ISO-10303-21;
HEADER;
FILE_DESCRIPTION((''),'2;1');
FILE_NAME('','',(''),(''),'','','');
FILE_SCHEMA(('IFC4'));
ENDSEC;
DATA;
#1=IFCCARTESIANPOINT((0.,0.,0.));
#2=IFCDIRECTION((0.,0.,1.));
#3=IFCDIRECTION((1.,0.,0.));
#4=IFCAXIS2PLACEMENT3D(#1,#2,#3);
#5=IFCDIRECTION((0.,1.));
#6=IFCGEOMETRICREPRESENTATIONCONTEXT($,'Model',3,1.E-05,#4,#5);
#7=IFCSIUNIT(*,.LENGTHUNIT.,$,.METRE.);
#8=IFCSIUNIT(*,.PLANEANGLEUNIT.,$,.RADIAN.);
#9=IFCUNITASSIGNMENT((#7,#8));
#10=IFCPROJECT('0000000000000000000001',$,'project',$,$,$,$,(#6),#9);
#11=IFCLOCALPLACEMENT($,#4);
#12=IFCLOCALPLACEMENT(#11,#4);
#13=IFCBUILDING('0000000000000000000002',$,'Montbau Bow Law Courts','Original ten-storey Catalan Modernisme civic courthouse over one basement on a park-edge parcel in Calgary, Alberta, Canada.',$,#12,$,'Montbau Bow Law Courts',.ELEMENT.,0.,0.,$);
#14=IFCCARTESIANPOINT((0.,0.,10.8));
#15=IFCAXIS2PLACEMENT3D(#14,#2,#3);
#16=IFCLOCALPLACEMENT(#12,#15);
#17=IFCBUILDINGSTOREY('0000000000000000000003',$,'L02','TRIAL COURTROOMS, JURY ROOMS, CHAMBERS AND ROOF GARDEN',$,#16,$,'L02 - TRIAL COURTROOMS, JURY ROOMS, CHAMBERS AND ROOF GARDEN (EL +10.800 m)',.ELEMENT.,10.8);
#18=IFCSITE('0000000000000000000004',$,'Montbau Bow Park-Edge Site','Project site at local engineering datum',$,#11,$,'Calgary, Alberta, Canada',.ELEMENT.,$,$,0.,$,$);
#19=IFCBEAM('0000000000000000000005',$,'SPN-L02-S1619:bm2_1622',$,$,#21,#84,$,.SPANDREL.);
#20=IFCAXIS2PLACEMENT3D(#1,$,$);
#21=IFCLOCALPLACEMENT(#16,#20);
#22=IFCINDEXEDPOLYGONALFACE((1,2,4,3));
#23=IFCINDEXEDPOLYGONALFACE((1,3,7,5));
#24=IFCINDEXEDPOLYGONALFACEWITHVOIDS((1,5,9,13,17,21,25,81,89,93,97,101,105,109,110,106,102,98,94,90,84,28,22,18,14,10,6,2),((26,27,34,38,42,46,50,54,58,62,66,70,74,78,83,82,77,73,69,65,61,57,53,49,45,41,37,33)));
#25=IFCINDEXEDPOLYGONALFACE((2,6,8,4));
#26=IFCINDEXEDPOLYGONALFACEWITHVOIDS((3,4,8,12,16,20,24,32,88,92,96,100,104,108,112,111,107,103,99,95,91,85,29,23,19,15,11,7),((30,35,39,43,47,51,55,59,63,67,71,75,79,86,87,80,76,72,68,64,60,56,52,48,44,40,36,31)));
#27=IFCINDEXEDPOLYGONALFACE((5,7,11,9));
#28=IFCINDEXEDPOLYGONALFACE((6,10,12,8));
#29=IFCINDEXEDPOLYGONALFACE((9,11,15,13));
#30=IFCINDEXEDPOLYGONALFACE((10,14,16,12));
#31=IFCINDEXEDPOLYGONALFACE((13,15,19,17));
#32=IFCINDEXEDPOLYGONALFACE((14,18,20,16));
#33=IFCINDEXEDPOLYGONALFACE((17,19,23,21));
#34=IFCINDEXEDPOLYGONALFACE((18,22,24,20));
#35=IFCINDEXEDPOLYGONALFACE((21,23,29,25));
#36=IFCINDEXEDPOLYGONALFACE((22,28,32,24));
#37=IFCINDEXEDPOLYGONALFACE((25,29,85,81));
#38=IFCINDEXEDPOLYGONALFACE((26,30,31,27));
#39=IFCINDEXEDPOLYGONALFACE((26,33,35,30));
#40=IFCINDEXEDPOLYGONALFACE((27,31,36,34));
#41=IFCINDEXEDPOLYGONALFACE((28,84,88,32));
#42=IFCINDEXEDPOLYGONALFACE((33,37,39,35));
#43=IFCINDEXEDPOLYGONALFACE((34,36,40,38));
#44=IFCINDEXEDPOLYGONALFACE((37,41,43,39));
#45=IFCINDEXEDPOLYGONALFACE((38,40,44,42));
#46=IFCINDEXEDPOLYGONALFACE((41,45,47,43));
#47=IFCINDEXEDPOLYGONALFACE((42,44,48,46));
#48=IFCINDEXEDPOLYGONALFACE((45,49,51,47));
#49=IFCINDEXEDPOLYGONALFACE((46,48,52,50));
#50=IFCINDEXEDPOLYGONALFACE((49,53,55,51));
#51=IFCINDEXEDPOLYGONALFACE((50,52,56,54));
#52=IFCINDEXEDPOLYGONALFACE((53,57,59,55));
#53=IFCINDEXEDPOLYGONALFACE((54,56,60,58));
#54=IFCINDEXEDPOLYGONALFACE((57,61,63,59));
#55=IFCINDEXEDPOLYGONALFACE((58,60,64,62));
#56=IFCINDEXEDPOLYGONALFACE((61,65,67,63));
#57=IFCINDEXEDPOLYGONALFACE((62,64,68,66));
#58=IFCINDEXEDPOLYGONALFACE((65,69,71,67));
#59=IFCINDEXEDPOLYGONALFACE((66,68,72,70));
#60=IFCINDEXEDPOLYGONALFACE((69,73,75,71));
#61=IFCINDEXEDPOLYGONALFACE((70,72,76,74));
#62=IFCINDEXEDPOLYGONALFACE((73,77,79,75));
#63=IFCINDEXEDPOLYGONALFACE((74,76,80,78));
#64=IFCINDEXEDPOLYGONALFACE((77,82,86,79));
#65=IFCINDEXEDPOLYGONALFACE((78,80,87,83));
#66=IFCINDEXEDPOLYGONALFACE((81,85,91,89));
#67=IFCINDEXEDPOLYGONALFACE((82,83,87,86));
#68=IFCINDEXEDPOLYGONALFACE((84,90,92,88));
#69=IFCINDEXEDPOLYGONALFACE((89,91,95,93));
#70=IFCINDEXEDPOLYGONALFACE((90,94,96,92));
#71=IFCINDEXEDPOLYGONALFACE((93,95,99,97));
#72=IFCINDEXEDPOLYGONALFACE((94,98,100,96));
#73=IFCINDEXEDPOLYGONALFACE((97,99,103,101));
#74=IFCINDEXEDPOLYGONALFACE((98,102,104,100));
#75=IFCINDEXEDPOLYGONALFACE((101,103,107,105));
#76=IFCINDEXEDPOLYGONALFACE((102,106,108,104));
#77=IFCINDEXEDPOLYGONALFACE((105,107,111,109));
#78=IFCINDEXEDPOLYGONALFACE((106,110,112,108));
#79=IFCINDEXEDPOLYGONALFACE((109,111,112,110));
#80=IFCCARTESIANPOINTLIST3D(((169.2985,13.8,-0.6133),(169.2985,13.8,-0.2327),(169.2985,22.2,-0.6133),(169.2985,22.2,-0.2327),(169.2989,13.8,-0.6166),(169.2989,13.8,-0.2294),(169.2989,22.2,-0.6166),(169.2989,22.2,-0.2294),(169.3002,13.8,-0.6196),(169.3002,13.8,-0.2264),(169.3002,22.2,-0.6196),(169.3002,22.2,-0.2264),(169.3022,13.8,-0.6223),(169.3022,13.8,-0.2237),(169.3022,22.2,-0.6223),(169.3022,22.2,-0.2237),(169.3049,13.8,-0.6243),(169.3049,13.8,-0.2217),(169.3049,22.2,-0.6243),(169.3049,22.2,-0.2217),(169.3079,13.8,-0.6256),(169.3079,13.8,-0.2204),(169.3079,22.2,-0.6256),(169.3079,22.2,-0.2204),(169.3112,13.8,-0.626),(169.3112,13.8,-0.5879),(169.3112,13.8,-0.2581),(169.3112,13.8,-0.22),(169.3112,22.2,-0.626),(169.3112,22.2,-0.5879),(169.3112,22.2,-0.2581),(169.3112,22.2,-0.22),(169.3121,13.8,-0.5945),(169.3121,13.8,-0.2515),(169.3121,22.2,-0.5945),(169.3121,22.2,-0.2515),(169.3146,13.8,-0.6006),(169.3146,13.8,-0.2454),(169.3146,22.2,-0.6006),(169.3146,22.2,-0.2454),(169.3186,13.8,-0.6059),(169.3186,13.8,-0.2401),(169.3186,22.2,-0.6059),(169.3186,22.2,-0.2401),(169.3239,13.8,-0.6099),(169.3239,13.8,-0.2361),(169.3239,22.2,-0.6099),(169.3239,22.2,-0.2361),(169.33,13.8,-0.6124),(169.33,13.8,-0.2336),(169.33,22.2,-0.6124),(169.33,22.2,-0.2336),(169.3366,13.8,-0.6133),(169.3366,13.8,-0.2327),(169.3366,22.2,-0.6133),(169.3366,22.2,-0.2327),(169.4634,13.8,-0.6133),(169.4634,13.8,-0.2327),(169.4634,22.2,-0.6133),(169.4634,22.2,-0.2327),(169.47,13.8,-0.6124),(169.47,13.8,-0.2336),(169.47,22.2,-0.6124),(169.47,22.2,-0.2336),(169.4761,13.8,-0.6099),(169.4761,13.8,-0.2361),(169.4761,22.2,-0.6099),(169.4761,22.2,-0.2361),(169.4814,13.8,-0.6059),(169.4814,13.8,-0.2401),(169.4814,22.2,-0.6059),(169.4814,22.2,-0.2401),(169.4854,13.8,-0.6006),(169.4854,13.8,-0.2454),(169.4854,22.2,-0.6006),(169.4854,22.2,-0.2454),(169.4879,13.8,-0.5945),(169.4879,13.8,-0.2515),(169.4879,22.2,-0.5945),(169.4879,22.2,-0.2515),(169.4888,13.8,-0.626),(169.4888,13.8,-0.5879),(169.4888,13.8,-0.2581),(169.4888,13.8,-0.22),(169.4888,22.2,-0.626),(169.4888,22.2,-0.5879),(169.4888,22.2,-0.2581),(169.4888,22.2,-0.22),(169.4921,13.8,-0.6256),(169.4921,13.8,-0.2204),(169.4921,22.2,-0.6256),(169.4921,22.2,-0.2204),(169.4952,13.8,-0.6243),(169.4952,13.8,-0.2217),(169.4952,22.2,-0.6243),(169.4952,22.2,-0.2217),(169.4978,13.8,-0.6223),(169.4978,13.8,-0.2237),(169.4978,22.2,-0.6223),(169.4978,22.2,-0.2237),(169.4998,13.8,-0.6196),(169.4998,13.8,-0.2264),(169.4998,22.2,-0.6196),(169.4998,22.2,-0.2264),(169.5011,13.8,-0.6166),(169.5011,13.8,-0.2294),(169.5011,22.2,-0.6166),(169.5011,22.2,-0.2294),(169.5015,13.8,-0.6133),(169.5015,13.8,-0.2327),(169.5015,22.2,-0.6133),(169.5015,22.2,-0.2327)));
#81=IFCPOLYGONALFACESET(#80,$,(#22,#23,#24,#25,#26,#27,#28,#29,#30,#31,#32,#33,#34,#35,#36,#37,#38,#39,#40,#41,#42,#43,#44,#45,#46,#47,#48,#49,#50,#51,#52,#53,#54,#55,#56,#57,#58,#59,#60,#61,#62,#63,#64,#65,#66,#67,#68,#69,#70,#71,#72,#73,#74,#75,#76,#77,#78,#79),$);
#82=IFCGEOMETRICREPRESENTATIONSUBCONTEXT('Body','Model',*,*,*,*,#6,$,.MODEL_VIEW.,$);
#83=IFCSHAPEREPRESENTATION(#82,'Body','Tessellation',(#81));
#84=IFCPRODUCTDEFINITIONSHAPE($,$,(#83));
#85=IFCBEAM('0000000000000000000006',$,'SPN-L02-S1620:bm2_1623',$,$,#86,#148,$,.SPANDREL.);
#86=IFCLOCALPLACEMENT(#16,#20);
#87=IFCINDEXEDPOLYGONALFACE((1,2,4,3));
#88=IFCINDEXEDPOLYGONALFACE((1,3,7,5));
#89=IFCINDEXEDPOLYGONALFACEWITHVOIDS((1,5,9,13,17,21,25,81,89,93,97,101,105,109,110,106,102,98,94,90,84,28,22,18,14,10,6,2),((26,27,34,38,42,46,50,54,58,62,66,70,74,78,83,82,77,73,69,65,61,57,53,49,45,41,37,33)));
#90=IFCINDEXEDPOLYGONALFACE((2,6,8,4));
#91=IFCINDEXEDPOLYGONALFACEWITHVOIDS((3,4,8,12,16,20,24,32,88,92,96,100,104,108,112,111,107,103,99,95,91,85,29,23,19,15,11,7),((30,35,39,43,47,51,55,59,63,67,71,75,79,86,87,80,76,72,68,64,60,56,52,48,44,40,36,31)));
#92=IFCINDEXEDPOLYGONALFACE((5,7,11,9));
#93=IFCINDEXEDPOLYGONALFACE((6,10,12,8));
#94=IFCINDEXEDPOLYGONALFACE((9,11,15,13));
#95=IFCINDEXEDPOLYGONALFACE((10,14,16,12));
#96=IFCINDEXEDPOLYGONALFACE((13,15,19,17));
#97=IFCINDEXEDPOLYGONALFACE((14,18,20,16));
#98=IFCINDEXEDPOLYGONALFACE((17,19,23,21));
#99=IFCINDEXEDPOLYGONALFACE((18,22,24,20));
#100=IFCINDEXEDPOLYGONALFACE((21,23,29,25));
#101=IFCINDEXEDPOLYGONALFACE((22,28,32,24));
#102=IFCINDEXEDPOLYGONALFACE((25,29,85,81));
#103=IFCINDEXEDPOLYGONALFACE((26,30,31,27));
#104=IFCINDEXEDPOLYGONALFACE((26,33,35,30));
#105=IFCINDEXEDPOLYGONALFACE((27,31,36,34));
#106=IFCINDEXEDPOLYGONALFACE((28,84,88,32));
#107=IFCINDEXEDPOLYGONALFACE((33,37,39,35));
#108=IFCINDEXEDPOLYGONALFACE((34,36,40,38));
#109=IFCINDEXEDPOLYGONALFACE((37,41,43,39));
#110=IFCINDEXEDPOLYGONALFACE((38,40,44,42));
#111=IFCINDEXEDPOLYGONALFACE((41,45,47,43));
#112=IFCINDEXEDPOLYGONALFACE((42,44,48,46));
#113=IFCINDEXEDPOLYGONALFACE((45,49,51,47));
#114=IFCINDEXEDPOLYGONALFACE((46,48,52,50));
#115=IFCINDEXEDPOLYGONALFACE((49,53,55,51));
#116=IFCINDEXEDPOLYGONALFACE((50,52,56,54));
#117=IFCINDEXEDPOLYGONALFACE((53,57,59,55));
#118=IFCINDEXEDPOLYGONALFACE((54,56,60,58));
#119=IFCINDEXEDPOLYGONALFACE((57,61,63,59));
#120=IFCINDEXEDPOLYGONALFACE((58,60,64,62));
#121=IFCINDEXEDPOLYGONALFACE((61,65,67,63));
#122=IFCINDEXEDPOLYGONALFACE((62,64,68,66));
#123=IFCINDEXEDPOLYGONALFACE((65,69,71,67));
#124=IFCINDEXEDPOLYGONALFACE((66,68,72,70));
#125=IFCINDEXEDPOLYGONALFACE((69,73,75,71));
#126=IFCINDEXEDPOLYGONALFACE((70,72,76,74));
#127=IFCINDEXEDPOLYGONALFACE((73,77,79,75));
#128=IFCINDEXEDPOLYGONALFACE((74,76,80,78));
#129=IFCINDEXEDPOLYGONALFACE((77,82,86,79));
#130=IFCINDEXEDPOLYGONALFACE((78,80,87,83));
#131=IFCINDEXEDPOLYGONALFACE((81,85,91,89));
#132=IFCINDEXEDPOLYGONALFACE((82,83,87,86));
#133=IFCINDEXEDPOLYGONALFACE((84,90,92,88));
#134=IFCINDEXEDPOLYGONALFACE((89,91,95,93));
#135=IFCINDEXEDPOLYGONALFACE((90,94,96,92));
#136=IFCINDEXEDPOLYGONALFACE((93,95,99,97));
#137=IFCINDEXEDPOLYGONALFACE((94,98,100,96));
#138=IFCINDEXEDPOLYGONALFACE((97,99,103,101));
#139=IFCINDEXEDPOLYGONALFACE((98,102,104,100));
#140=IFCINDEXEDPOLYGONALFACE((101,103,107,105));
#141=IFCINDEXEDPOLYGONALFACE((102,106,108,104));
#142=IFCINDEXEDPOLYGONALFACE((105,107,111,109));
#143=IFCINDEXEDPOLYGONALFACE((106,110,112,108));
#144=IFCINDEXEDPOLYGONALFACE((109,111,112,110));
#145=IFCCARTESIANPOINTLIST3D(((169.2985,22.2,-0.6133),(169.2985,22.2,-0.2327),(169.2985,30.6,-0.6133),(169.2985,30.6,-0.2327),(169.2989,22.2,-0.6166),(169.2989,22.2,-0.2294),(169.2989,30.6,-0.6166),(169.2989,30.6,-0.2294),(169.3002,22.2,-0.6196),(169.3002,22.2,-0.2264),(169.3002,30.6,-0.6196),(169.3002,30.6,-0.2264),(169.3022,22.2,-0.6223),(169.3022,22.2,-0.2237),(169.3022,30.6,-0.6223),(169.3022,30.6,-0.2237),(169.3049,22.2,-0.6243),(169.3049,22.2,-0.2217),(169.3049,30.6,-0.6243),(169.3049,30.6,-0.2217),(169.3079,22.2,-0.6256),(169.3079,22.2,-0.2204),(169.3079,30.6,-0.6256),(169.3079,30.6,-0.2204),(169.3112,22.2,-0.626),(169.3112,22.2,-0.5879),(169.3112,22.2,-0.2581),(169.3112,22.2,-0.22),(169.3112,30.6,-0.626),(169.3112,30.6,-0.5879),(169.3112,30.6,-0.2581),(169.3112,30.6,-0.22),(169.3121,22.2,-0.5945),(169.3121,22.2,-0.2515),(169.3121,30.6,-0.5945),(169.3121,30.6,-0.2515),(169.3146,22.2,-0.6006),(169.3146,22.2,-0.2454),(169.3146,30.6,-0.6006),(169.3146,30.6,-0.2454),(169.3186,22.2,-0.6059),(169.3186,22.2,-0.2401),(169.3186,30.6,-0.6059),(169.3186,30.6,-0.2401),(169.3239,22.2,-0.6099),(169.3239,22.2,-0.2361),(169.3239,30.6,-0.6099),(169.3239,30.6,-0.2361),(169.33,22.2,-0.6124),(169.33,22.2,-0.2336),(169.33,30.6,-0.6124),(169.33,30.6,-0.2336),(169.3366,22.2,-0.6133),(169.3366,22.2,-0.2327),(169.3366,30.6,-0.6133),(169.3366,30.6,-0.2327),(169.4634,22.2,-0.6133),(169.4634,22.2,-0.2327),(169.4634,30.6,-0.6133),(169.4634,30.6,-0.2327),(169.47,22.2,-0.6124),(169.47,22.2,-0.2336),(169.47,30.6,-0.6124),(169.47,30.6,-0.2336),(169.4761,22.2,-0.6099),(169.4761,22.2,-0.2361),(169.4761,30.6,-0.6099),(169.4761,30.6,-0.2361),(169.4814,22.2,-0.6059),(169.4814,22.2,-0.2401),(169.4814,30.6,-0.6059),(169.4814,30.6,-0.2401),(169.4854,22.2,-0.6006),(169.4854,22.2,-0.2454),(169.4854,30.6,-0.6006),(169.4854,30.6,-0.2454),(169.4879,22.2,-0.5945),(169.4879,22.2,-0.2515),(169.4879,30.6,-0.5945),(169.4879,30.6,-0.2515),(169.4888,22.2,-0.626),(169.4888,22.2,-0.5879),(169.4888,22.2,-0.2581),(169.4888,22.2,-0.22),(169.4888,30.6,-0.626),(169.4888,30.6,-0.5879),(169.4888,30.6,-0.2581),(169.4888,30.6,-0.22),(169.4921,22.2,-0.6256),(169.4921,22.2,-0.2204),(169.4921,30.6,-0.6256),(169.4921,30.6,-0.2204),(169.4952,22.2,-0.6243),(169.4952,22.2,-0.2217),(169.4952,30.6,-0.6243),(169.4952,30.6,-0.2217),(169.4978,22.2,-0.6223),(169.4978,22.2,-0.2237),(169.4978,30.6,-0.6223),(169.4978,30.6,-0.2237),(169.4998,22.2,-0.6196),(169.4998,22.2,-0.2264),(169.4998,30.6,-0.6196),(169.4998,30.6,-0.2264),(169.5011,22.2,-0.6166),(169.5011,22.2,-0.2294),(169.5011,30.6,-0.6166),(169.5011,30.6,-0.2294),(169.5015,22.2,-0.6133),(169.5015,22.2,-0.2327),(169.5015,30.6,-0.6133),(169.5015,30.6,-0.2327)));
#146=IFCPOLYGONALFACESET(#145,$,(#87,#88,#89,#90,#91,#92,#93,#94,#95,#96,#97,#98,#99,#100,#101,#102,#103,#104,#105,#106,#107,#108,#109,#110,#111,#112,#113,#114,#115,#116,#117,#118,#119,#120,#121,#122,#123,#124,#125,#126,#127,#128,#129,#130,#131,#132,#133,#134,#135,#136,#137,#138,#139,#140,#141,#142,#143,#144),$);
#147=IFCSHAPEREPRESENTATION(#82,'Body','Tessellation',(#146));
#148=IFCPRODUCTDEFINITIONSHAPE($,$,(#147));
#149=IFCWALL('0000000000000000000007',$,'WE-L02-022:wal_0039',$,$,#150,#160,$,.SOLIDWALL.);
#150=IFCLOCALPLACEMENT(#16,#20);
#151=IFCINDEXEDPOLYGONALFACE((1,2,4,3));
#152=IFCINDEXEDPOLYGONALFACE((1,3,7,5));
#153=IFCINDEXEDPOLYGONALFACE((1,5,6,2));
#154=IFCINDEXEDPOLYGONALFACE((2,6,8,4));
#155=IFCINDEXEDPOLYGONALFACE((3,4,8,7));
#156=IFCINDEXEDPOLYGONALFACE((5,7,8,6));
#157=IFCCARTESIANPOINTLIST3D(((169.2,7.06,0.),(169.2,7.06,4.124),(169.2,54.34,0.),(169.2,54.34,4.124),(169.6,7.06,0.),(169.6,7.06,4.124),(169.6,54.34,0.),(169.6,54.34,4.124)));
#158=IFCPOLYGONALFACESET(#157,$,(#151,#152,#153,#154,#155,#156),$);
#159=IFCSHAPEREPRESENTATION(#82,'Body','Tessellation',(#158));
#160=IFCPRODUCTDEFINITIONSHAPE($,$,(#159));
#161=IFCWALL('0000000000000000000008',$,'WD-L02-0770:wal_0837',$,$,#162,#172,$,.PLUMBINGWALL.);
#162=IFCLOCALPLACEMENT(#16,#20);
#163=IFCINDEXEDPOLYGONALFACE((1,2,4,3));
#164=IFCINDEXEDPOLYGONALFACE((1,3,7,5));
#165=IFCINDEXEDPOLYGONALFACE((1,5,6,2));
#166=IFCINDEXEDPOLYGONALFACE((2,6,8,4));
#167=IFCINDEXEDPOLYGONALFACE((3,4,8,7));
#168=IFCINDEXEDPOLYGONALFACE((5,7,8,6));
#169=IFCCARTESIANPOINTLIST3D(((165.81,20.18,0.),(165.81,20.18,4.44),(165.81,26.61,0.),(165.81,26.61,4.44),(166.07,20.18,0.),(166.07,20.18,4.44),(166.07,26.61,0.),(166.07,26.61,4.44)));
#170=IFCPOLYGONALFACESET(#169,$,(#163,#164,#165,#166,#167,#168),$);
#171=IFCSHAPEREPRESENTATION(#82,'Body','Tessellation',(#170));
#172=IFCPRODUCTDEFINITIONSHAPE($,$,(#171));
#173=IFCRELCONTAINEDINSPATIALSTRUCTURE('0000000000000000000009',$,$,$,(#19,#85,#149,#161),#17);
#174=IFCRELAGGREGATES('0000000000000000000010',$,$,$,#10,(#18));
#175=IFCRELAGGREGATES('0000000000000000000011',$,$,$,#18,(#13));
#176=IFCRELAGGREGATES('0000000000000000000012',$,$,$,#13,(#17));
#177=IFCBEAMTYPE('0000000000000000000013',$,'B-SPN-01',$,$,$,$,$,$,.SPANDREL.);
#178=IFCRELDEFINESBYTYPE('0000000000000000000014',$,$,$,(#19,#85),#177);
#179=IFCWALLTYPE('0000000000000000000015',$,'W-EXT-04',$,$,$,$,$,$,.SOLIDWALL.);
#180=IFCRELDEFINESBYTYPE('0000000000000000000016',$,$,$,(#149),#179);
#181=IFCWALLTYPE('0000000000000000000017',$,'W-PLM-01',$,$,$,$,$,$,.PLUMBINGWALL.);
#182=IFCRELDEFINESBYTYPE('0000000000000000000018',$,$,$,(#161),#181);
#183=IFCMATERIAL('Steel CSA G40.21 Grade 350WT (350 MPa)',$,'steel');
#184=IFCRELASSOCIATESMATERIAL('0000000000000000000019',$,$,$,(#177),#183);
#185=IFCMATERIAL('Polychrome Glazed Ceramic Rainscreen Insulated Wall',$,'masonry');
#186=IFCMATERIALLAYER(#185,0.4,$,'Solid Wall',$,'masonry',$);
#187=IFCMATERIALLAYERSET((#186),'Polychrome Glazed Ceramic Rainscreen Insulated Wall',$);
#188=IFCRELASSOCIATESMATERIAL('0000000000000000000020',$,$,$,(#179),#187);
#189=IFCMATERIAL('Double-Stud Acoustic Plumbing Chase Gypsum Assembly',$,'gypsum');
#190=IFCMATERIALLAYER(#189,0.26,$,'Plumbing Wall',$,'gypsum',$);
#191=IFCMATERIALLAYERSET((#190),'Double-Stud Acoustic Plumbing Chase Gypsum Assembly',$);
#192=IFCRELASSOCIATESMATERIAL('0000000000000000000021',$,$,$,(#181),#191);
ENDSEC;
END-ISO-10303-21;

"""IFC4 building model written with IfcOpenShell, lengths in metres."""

from ifc_helpers import new_model, si_unit, direction, frame, frame_2d, origin_with_axes, origin_2d_with_axis, place, context, subcontext, project, spatial, rectangle, hollow_rectangle, extrude, material, layer, layer_set, material_profile, profile_set, type_object, element, save


model = new_model("IFC4")

# Units and contexts
model_context = context("Model", 3, precision=1e-05, world=origin_with_axes(), true_north=direction((0.0, 1.0)))
body_context = subcontext(model_context, "Body", "Model", "MODEL_VIEW")
ifc_project = project(units=[si_unit("LENGTHUNIT", "METRE"), si_unit("PLANEANGLEUNIT", "RADIAN")], contexts=[model_context])

# Site, building, storey
site_placement = place(None, origin_with_axes())
site = spatial("IfcSite", under=ifc_project, at=site_placement, Name="Montbau Bow Park-Edge Site", Description="Project site at local engineering datum", LongName="Calgary, Alberta, Canada", CompositionType="ELEMENT", RefElevation=0.0)
building_placement = place(site_placement, origin_with_axes())
building = spatial("IfcBuilding", under=site, at=building_placement, Name="Montbau Bow Law Courts", Description="Original ten-storey Catalan Modernisme civic courthouse over one basement on a park-edge parcel in Calgary, Alberta, Canada.", LongName="Montbau Bow Law Courts", CompositionType="ELEMENT", ElevationOfRefHeight=0.0, ElevationOfTerrain=0.0)
storey_placement = place(building_placement, frame((0.0, 0.0, 10.8), z_axis=(0.0, 0.0, 1.0), x_axis=(1.0, 0.0, 0.0)))
storey = spatial("IfcBuildingStorey", under=building, at=storey_placement, Name="L02", Description="TRIAL COURTROOMS, JURY ROOMS, CHAMBERS AND ROOF GARDEN", LongName="L02 - TRIAL COURTROOMS, JURY ROOMS, CHAMBERS AND ROOF GARDEN (EL +10.800 m)", CompositionType="ELEMENT", Elevation=10.8)

# Beams
ifc_material_1 = material(Name="Steel CSA G40.21 Grade 350WT (350 MPa)", Category="steel")
ifc_material_profile_1 = material_profile(ifc_material_1, hollow_rectangle(XDim=0.203, YDim=0.406, WallThickness=0.0127, InnerFilletRadius=0.0254, OuterFilletRadius=0.0127, at=origin_2d_with_axis()), Name="HSS406X203X13", Category="Main", Priority=0)
ifc_profile_set_1 = profile_set([ifc_material_profile_1], Name="Steel CSA G40.21 Grade 350WT (350 MPa)")
beam_type_1 = type_object("IfcBeamType", Name="B-SPN-01", PredefinedType="SPANDREL", material=ifc_profile_set_1)
for number, where, z_axis, x_axis, name in (
    (1, (169.4, 13.8, 10.377), (0.0, 1.0, 0.0), (-1.0, 0.0, 0.0), "SPN-L02-S1619:bm2_1622"),
    (2, (169.4, 22.2, 10.377), (0.0, 1.0, 0.0), (-1.0, 0.0, 0.0), "SPN-L02-S1620:bm2_1623"),
):
    element("IfcBeam", number, at=place(None, frame(where, z_axis=z_axis, x_axis=x_axis)), inside=storey, type_object=beam_type_1, Name=name, PredefinedType="SPANDREL", context=body_context, shape_type="SweptSolid", body=[
        extrude(hollow_rectangle(XDim=0.203, YDim=0.406, WallThickness=0.0127, InnerFilletRadius=0.0254, OuterFilletRadius=0.0127, at=origin_2d_with_axis()), origin_with_axes(), (0.0, 0.0, 1.0), 8.4),
    ])

# Walls
ifc_material_2 = material(Name="Polychrome Glazed Ceramic Rainscreen Insulated Wall", Category="masonry")
ifc_layer_1 = layer(ifc_material_2, 0.4, Name="Solid Wall", Category="masonry")
ifc_layer_set_1 = layer_set([ifc_layer_1], Name="Polychrome Glazed Ceramic Rainscreen Insulated Wall")
wall_type_1 = type_object("IfcWallType", Name="W-EXT-04", PredefinedType="SOLIDWALL", material=ifc_layer_set_1)
wall_1_placement = place(None, frame((169.4, 7.06, 10.8), z_axis=(0.0, 0.0, 1.0), x_axis=(0.0, 1.0, 0.0)))
element("IfcWall", 3, at=wall_1_placement, inside=storey, type_object=wall_type_1, Name="WE-L02-022:wal_0039", PredefinedType="SOLIDWALL", context=body_context, shape_type="SweptSolid", body=[
    extrude(rectangle(XDim=47.28, YDim=0.4, at=frame_2d((23.64, 0.0), x_axis=(1.0, 0.0))), origin_with_axes(), (0.0, 0.0, 1.0), 4.124),
])
ifc_material_3 = material(Name="Double-Stud Acoustic Plumbing Chase Gypsum Assembly", Category="gypsum")
ifc_layer_2 = layer(ifc_material_3, 0.26, Name="Plumbing Wall", Category="gypsum")
ifc_layer_set_2 = layer_set([ifc_layer_2], Name="Double-Stud Acoustic Plumbing Chase Gypsum Assembly")
wall_type_2 = type_object("IfcWallType", Name="W-PLM-01", PredefinedType="PLUMBINGWALL", material=ifc_layer_set_2)
wall_2_placement = place(None, frame((165.94, 20.18, 10.8), z_axis=(0.0, 0.0, 1.0), x_axis=(0.0, 1.0, 0.0)))
element("IfcWall", 4, at=wall_2_placement, inside=storey, type_object=wall_type_2, Name="WD-L02-0770:wal_0837", PredefinedType="PLUMBINGWALL", context=body_context, shape_type="SweptSolid", body=[
    extrude(rectangle(XDim=6.43, YDim=0.26, at=frame_2d((3.215, 0.0), x_axis=(1.0, 0.0))), origin_with_axes(), (0.0, 0.0, 1.0), 4.44),
])

save(model, "model.ifc")
